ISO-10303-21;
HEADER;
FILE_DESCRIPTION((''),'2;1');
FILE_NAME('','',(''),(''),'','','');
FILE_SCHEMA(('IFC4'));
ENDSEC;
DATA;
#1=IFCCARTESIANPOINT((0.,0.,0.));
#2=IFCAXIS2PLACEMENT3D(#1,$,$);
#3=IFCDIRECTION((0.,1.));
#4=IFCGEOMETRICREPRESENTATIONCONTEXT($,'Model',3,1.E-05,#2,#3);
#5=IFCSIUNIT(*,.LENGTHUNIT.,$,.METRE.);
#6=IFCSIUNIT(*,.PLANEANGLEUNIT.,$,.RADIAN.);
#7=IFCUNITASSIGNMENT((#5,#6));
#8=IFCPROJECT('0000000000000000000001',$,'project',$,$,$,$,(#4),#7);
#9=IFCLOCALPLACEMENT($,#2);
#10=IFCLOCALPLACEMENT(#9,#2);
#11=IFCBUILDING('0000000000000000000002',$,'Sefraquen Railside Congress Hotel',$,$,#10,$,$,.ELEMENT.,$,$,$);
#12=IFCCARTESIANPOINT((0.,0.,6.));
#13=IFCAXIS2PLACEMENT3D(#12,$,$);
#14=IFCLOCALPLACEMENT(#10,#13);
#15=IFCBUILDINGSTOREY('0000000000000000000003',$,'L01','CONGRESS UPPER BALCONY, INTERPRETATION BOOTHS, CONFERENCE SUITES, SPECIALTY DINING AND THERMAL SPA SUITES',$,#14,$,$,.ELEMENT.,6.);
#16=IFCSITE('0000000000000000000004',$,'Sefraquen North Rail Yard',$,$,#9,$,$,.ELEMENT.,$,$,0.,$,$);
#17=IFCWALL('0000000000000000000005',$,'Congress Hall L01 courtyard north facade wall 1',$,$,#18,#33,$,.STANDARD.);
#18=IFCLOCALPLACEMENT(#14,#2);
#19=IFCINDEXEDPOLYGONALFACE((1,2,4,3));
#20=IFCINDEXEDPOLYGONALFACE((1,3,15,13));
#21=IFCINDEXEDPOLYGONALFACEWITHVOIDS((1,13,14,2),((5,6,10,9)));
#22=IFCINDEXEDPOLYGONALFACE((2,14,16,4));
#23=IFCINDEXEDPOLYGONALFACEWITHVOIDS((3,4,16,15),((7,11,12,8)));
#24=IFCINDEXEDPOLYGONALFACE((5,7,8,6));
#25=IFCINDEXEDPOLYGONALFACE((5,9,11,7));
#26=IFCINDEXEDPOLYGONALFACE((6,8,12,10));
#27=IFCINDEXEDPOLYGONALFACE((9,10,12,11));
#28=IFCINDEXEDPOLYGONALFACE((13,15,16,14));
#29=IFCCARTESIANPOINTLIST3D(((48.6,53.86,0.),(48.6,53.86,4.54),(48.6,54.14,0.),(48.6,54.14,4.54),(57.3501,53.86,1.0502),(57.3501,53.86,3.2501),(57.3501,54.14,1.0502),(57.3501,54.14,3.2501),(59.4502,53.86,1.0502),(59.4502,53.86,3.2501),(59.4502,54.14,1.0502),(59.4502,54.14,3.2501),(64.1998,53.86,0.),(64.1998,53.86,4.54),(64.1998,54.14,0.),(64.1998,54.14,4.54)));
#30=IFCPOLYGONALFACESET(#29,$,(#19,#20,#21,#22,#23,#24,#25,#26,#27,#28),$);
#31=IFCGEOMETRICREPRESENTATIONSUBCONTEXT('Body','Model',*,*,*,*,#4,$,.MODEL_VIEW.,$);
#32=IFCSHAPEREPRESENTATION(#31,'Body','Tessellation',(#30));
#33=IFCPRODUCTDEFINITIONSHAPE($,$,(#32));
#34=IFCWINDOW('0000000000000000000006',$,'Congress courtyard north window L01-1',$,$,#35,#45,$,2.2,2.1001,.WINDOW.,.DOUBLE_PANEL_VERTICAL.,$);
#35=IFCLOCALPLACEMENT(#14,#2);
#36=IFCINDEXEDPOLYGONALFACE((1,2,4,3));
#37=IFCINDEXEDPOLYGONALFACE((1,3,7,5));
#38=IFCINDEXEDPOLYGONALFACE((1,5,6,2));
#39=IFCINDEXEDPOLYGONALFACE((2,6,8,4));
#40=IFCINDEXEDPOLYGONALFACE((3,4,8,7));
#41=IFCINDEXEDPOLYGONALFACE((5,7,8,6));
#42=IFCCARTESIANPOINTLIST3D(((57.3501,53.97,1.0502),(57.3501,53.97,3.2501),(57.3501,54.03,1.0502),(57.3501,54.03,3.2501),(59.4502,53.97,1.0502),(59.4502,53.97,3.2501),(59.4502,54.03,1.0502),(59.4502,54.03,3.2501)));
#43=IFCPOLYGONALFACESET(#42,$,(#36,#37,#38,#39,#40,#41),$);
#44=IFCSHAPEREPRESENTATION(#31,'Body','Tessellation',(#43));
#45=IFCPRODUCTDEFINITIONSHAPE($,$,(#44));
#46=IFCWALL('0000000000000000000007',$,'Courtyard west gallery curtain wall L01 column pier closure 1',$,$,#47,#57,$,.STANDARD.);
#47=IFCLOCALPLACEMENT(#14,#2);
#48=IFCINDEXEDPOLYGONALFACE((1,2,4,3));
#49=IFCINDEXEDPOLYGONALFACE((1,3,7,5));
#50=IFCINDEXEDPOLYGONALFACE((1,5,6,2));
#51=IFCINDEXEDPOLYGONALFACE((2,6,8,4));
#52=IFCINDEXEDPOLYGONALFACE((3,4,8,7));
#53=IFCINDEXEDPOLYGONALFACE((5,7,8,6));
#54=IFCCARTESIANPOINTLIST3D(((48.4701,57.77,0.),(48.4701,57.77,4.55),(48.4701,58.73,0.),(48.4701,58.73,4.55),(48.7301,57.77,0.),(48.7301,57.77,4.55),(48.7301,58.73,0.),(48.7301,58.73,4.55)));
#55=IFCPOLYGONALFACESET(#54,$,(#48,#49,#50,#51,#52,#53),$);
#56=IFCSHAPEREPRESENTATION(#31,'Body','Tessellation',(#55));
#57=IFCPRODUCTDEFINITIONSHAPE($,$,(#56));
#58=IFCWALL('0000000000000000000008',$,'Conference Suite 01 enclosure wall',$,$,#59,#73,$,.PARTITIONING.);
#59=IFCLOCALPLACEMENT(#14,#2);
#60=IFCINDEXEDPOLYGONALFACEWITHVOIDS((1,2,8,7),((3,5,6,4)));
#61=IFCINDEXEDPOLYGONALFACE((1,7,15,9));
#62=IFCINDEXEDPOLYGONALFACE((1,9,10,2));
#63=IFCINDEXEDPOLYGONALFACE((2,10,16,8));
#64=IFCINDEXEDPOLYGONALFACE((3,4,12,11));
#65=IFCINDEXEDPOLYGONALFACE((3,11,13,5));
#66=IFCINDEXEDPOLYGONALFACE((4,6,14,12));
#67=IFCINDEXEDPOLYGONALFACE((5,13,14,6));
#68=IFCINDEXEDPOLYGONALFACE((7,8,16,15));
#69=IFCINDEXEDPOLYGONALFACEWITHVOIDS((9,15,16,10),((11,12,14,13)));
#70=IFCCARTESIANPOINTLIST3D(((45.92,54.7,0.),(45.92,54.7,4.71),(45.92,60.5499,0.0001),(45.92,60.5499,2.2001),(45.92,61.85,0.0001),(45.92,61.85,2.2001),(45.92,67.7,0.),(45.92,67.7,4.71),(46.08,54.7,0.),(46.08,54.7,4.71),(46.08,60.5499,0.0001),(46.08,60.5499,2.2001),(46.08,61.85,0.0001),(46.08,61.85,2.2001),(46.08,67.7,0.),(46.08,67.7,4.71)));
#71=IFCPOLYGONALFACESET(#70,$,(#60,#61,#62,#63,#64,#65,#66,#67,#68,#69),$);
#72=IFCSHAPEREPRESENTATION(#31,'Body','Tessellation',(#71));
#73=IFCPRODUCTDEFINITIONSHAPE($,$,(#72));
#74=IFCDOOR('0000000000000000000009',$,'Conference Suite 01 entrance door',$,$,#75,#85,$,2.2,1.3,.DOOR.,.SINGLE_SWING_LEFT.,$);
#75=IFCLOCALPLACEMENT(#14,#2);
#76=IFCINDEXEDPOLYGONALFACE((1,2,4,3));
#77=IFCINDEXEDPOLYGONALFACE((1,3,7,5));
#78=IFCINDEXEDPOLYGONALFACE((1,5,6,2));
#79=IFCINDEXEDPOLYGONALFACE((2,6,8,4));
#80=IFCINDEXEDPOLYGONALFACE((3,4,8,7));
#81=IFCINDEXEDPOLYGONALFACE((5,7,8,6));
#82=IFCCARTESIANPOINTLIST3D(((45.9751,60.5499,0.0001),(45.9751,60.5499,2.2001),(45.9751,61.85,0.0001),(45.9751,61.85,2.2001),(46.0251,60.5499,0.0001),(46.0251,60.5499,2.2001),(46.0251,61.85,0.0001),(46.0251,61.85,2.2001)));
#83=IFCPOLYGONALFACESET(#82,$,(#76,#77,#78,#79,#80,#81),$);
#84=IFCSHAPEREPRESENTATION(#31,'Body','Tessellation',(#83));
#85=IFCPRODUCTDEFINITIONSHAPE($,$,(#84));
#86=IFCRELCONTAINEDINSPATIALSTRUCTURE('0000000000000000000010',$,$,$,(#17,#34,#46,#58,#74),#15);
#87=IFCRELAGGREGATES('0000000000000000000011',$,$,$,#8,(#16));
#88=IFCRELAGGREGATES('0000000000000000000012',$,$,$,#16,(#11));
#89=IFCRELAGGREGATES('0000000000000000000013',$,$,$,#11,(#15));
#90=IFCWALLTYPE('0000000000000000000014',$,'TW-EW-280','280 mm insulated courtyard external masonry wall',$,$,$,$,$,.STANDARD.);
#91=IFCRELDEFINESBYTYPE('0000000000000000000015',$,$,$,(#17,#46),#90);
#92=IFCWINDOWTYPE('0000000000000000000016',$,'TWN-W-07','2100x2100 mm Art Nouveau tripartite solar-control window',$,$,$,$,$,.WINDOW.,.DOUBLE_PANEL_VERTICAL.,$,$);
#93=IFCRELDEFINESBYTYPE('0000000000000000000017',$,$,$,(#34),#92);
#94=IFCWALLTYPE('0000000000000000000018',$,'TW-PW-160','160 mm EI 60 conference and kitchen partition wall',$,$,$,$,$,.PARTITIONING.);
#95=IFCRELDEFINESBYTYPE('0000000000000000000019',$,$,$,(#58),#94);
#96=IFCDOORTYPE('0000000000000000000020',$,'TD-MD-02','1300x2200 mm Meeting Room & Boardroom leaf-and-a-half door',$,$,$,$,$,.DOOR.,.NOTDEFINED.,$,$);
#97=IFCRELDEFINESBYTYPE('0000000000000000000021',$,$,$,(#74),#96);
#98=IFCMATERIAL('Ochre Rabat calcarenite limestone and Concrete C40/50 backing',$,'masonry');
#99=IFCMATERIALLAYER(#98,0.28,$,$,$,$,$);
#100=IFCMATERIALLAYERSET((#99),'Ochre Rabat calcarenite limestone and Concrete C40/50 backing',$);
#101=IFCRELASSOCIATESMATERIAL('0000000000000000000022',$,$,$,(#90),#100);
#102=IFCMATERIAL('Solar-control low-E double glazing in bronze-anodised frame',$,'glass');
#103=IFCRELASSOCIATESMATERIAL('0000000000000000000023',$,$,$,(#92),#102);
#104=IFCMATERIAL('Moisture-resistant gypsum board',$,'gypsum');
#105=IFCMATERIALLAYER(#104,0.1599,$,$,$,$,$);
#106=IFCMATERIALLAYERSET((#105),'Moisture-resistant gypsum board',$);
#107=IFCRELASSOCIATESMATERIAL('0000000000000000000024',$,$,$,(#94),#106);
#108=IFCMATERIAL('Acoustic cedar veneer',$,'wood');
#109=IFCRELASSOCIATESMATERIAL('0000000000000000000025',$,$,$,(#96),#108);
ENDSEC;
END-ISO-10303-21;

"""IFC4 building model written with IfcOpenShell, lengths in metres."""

from ifc_helpers import new_model, si_unit, direction, frame, frame_2d, origin, place, context, subcontext, project, spatial, rectangle, extrude, material, layer, layer_set, type_object, element, fill, save


model = new_model("IFC4")

# Units and contexts
model_context = context("Model", 3, precision=1e-05, world=origin(), true_north=direction((0.0, 1.0)))
body_context = subcontext(model_context, "Body", "Model", "MODEL_VIEW")
ifc_project = project(units=[si_unit("LENGTHUNIT", "METRE"), si_unit("PLANEANGLEUNIT", "RADIAN")], contexts=[model_context])

# Site, building, storey
site_placement = place(None, origin())
site = spatial("IfcSite", under=ifc_project, at=site_placement, Name="Sefraquen North Rail Yard", CompositionType="ELEMENT", RefElevation=0.0)
building_placement = place(site_placement, origin())
building = spatial("IfcBuilding", under=site, at=building_placement, Name="Sefraquen Railside Congress Hotel", CompositionType="ELEMENT")
storey_placement = place(building_placement, frame((0.0, 0.0, 6.0)))
storey = spatial("IfcBuildingStorey", under=building, at=storey_placement, Name="L01", Description="CONGRESS UPPER BALCONY, INTERPRETATION BOOTHS, CONFERENCE SUITES, SPECIALTY DINING AND THERMAL SPA SUITES", CompositionType="ELEMENT", Elevation=6.0)

# Wall, opening, window
ifc_material_1 = material(Name="Ochre Rabat calcarenite limestone and Concrete C40/50 backing", Category="masonry")
ifc_layer_1 = layer(ifc_material_1, 0.28)
ifc_layer_set_1 = layer_set([ifc_layer_1], Name="Ochre Rabat calcarenite limestone and Concrete C40/50 backing")
wall_type_1 = type_object("IfcWallType", Name="TW-EW-280", Description="280 mm insulated courtyard external masonry wall", PredefinedType="STANDARD", material=ifc_layer_set_1)
wall_1_placement = place(storey_placement, frame((48.6001, 54.0, 0.0), z_axis=(0.0, 0.0, 1.0), x_axis=(1.0, 0.0, 0.0)))
wall_1 = element("IfcWall", 1, at=wall_1_placement, inside=storey, type_object=wall_type_1, Name="Congress Hall L01 courtyard north facade wall 1", PredefinedType="STANDARD", context=body_context, shape_type="SweptSolid", body=[
    extrude(rectangle(XDim=15.5999, YDim=0.28, at=frame_2d((7.7998, 0.0))), origin(), (0.0, 0.0, 1.0), 4.54),
])
opening_1_placement = place(wall_1_placement, frame((8.75, 0.0, 1.05)))
opening_1 = element("IfcOpeningElement", 2, at=opening_1_placement, cuts=wall_1, PredefinedType="OPENING", context=body_context, shape_type="SweptSolid", body=[
    extrude(rectangle(XDim=2.1001, YDim=2.2, at=frame_2d((1.05, 1.1001))), frame((0.0, 0.1499, 0.0), z_axis=(0.0, -1.0, 0.0), x_axis=(1.0, 0.0, 0.0)), (0.0, 0.0, 1.0), 0.3),
])
ifc_material_2 = material(Name="Solar-control low-E double glazing in bronze-anodised frame", Category="glass")
window_type = type_object("IfcWindowType", Name="TWN-W-07", Description="2100x2100 mm Art Nouveau tripartite solar-control window", PartitioningType="DOUBLE_PANEL_VERTICAL", PredefinedType="WINDOW", material=ifc_material_2)
window_placement = place(opening_1_placement, origin())
window = element("IfcWindow", 3, at=window_placement, inside=storey, type_object=window_type, Name="Congress courtyard north window L01-1", OverallHeight=2.2, OverallWidth=2.1001, PartitioningType="DOUBLE_PANEL_VERTICAL", PredefinedType="WINDOW", context=body_context, shape_type="SweptSolid", body=[
    extrude(rectangle(XDim=2.1001, YDim=2.2, at=frame_2d((1.05, 1.1001))), frame((0.0, 0.03, 0.0), z_axis=(0.0, -1.0, 0.0), x_axis=(1.0, 0.0, 0.0)), (0.0, 0.0, 1.0), 0.0601),
])
fill(opening_1, window)

# Wall
wall_2_placement = place(storey_placement, frame((48.6001, 57.77, 0.0), z_axis=(0.0, 0.0, 1.0), x_axis=(0.0, 1.0, 0.0)))
element("IfcWall", 4, at=wall_2_placement, inside=storey, type_object=wall_type_1, Name="Courtyard west gallery curtain wall L01 column pier closure 1", PredefinedType="STANDARD", context=body_context, shape_type="SweptSolid", body=[
    extrude(rectangle(XDim=0.96, YDim=0.26, at=frame_2d((0.48, 0.0))), origin(), (0.0, 0.0, 1.0), 4.55),
])

# Wall, opening, door
ifc_material_3 = material(Name="Moisture-resistant gypsum board", Category="gypsum")
ifc_layer_2 = layer(ifc_material_3, 0.1599)
ifc_layer_set_2 = layer_set([ifc_layer_2], Name="Moisture-resistant gypsum board")
wall_type_2 = type_object("IfcWallType", Name="TW-PW-160", Description="160 mm EI 60 conference and kitchen partition wall", PredefinedType="PARTITIONING", material=ifc_layer_set_2)
wall_3_placement = place(storey_placement, frame((46.0, 54.7, 0.0), z_axis=(0.0, 0.0, 1.0), x_axis=(0.0, 1.0, 0.0)))
wall_3 = element("IfcWall", 5, at=wall_3_placement, inside=storey, type_object=wall_type_2, Name="Conference Suite 01 enclosure wall", PredefinedType="PARTITIONING", context=body_context, shape_type="SweptSolid", body=[
    extrude(rectangle(XDim=13.0, YDim=0.1599, at=frame_2d((6.5, 0.0))), origin(), (0.0, 0.0, 1.0), 4.71),
])
opening_2_placement = place(wall_3_placement, frame((5.8501, 0.0, 0.0)))
opening_2 = element("IfcOpeningElement", 6, at=opening_2_placement, cuts=wall_3, PredefinedType="OPENING", context=body_context, shape_type="SweptSolid", body=[
    extrude(rectangle(XDim=1.3, YDim=2.2, at=frame_2d((0.6499, 1.1001))), frame((0.0, 0.0898, 0.0), z_axis=(0.0, -1.0, 0.0), x_axis=(1.0, 0.0, 0.0)), (0.0, 0.0, 1.0), 0.1799),
])
ifc_material_4 = material(Name="Acoustic cedar veneer", Category="wood")
door_type = type_object("IfcDoorType", Name="TD-MD-02", Description="1300x2200 mm Meeting Room & Boardroom leaf-and-a-half door", OperationType="NOTDEFINED", PredefinedType="DOOR", material=ifc_material_4)
door_placement = place(opening_2_placement, origin())
door = element("IfcDoor", 7, at=door_placement, inside=storey, type_object=door_type, Name="Conference Suite 01 entrance door", OperationType="SINGLE_SWING_LEFT", OverallHeight=2.2, OverallWidth=1.3, PredefinedType="DOOR", context=body_context, shape_type="SweptSolid", body=[
    extrude(rectangle(XDim=1.3, YDim=2.2, at=frame_2d((0.6499, 1.1001))), frame((0.0, 0.0249, 0.0), z_axis=(0.0, -1.0, 0.0), x_axis=(1.0, 0.0, 0.0)), (0.0, 0.0, 1.0), 0.05),
])
fill(opening_2, door)

save(model, "model.ifc")
